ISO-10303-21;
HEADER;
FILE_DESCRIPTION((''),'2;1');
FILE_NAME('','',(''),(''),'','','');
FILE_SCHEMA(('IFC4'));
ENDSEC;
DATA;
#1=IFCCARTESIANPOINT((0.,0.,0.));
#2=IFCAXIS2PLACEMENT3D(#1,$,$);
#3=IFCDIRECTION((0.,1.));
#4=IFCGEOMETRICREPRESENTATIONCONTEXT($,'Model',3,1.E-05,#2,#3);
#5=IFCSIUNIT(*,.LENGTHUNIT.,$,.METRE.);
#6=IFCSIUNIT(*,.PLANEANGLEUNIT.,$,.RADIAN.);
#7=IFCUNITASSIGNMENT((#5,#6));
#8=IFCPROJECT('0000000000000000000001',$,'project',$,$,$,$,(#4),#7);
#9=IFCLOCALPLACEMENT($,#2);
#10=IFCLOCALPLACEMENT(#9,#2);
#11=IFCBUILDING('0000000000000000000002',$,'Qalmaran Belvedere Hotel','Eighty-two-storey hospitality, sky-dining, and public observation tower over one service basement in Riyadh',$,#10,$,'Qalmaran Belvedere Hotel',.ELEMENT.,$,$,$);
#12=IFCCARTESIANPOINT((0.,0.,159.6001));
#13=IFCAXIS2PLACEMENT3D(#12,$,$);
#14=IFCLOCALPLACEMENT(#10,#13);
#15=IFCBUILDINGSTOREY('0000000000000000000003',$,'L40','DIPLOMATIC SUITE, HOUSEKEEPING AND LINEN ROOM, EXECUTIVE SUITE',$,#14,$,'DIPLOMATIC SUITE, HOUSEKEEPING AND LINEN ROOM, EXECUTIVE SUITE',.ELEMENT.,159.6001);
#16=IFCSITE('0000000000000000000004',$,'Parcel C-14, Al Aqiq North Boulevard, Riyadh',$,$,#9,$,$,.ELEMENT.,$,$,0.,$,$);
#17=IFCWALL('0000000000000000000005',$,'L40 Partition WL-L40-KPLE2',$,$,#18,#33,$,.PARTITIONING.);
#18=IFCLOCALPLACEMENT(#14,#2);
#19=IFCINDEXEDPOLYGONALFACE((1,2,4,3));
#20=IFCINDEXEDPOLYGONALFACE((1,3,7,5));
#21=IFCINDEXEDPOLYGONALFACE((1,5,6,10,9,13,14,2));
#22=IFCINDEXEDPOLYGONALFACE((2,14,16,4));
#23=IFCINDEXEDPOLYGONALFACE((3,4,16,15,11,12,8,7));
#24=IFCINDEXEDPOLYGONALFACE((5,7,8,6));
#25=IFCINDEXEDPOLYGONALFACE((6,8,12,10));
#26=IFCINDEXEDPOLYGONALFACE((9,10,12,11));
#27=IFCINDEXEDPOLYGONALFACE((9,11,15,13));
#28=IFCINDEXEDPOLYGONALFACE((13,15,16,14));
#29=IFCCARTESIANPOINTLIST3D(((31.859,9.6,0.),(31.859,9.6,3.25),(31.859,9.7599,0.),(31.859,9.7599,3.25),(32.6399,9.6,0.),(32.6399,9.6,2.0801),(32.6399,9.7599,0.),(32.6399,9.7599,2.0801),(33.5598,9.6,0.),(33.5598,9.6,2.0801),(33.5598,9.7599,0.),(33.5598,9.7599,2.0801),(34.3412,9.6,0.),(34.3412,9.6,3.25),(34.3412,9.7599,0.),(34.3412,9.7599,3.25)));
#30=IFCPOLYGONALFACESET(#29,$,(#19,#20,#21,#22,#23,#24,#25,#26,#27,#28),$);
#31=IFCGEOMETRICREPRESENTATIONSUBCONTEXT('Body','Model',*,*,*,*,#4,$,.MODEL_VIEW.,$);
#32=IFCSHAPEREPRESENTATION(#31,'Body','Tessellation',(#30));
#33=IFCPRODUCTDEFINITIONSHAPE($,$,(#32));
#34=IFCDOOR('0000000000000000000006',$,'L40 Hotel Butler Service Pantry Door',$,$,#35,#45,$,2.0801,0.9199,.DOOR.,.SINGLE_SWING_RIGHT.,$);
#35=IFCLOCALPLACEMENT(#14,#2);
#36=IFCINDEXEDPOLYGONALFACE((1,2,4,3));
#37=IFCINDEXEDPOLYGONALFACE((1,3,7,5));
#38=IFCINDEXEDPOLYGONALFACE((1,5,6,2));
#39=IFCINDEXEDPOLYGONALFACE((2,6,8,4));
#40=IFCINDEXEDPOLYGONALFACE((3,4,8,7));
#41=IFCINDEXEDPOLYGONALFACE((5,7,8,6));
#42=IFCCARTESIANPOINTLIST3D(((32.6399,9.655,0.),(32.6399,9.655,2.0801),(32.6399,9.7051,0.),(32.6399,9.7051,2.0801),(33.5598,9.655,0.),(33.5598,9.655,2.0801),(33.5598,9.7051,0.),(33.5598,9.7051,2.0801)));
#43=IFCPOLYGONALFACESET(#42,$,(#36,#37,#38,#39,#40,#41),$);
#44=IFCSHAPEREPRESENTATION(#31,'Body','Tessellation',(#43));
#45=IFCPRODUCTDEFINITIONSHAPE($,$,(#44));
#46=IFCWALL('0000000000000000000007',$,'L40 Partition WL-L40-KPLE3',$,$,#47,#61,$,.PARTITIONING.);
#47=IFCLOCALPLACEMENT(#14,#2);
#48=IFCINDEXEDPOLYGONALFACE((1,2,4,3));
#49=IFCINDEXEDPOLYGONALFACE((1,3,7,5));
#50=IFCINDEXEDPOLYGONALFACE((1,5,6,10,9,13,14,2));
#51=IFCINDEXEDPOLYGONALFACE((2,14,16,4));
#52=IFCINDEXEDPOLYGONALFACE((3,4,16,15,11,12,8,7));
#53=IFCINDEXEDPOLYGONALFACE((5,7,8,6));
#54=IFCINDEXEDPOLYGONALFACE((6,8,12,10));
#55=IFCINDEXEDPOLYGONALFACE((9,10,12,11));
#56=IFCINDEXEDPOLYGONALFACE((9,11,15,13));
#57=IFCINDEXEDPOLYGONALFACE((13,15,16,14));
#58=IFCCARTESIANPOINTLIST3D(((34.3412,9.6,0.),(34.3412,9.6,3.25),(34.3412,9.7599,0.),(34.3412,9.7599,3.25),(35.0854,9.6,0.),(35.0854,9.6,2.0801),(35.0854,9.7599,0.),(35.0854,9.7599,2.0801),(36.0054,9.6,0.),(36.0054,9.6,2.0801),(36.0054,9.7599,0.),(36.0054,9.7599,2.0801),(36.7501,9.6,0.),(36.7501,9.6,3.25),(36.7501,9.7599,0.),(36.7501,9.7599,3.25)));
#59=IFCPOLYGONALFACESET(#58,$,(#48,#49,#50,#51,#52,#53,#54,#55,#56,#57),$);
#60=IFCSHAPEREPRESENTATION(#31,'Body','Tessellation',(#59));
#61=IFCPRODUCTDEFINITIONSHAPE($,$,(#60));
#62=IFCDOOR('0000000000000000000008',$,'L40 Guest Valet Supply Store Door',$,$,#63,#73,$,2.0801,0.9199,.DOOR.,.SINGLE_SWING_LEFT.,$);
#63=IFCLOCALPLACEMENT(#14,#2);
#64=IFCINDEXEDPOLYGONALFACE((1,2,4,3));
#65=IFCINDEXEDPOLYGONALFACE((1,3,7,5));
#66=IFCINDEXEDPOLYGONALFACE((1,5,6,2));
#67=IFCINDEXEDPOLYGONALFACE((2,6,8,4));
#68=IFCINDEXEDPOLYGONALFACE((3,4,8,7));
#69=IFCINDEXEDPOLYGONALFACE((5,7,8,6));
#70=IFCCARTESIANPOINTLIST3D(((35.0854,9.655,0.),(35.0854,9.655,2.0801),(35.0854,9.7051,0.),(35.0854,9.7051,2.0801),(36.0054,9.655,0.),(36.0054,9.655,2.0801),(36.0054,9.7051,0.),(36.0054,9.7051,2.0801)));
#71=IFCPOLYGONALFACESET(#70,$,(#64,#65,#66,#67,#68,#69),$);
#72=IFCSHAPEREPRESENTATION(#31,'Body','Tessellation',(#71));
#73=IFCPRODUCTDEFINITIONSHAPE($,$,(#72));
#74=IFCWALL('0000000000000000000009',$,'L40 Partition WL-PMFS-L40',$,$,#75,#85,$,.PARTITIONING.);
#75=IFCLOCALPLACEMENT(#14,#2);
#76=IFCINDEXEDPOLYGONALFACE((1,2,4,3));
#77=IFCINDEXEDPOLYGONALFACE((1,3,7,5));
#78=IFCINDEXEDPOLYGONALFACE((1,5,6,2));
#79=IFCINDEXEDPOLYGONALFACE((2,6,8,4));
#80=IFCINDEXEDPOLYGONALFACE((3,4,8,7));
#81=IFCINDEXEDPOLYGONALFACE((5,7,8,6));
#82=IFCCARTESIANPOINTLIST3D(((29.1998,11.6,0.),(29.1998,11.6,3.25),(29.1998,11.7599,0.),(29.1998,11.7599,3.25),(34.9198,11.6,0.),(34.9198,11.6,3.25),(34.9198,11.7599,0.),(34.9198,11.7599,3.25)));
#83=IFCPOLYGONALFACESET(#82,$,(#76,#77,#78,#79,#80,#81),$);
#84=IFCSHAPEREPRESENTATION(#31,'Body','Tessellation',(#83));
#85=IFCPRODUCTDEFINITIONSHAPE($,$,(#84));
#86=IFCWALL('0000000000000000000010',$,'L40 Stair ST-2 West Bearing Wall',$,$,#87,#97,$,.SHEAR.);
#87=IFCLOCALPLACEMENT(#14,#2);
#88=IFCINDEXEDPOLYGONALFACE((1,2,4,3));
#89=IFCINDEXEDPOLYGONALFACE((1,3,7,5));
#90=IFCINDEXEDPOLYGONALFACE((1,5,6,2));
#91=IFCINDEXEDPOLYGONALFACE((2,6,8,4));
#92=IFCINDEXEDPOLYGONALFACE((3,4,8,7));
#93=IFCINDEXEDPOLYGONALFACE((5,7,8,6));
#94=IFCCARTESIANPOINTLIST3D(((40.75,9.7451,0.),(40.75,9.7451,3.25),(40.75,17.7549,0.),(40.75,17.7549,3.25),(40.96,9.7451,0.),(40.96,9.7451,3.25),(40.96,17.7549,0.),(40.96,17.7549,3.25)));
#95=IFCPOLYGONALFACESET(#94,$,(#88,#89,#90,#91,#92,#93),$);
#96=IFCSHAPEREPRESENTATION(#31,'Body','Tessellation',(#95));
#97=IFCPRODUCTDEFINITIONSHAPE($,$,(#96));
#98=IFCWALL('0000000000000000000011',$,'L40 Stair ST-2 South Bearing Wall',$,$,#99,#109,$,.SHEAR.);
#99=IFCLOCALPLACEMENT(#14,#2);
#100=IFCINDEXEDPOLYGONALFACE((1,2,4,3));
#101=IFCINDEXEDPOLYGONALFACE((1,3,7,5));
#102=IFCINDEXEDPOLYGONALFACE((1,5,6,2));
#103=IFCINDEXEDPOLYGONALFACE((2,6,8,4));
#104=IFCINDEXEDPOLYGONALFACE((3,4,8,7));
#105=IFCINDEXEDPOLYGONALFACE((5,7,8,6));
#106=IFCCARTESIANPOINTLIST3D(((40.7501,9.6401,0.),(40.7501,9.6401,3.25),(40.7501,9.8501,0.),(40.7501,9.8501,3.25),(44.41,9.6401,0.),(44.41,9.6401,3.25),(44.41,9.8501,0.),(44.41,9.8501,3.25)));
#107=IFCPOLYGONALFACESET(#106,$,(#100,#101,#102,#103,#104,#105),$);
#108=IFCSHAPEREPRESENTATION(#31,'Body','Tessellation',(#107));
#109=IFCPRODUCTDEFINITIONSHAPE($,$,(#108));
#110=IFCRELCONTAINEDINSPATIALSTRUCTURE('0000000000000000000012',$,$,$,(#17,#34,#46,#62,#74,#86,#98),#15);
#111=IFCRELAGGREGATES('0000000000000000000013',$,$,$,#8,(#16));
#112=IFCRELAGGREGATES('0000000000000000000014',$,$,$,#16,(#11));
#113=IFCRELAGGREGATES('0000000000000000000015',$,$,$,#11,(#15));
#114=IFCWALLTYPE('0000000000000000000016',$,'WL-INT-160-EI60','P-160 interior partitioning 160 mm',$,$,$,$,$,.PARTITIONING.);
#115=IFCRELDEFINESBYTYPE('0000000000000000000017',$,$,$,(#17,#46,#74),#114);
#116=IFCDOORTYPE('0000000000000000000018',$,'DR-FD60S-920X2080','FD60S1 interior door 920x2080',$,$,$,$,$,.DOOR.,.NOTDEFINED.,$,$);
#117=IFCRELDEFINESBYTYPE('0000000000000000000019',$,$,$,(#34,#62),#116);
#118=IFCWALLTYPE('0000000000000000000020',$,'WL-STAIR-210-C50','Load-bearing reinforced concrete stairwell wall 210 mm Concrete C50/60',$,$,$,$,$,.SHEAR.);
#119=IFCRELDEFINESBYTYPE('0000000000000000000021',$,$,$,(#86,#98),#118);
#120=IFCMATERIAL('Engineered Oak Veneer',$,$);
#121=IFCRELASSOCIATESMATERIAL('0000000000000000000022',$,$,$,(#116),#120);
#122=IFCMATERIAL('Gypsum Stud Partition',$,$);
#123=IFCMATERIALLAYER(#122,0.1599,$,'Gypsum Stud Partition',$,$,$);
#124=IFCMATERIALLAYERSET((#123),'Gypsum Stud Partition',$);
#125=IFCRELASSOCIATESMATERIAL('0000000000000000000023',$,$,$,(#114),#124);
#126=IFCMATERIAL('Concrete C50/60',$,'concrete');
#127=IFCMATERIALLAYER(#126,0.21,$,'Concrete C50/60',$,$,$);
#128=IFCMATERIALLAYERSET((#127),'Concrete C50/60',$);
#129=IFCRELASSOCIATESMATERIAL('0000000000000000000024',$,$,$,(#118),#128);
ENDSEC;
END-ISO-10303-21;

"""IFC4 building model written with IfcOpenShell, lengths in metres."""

from ifc_helpers import new_model, si_unit, direction, frame, frame_2d, origin, place, context, subcontext, project, spatial, rectangle, extrude, material, layer, layer_set, type_object, element, fill, save


model = new_model("IFC4")

# Units and contexts
model_context = context("Model", 3, precision=1e-05, world=origin(), true_north=direction((0.0, 1.0)))
body_context = subcontext(model_context, "Body", "Model", "MODEL_VIEW")
ifc_project = project(units=[si_unit("LENGTHUNIT", "METRE"), si_unit("PLANEANGLEUNIT", "RADIAN")], contexts=[model_context])

# Site, building, storey
site_placement = place(None, origin())
site = spatial("IfcSite", under=ifc_project, at=site_placement, Name="Parcel C-14, Al Aqiq North Boulevard, Riyadh", CompositionType="ELEMENT", RefElevation=0.0)
building_placement = place(site_placement, origin())
building = spatial("IfcBuilding", under=site, at=building_placement, Name="Qalmaran Belvedere Hotel", Description="Eighty-two-storey hospitality, sky-dining, and public observation tower over one service basement in Riyadh", LongName="Qalmaran Belvedere Hotel", CompositionType="ELEMENT")
storey_placement = place(building_placement, frame((0.0, 0.0, 159.6001)))
storey = spatial("IfcBuildingStorey", under=building, at=storey_placement, Name="L40", Description="DIPLOMATIC SUITE, HOUSEKEEPING AND LINEN ROOM, EXECUTIVE SUITE", LongName="DIPLOMATIC SUITE, HOUSEKEEPING AND LINEN ROOM, EXECUTIVE SUITE", CompositionType="ELEMENT", Elevation=159.6001)

# Shared definitions
ifc_material_1 = material(Name="Concrete C50/60", Category="concrete")

# Shared definitions
ifc_material_2 = material(Name="Gypsum Stud Partition")

# Shared definitions
ifc_material_3 = material(Name="Engineered Oak Veneer")
door_type_1 = type_object("IfcDoorType", Name="DR-FD60S-920X2080", Description="FD60S1 interior door 920x2080", OperationType="NOTDEFINED", PredefinedType="DOOR", material=ifc_material_3)
ifc_layer_1 = layer(ifc_material_2, 0.1599, Name="Gypsum Stud Partition")
ifc_layer_set_1 = layer_set([ifc_layer_1], Name="Gypsum Stud Partition")
wall_type_1 = type_object("IfcWallType", Name="WL-INT-160-EI60", Description="P-160 interior partitioning 160 mm", PredefinedType="PARTITIONING", material=ifc_layer_set_1)

# Walls, openings, doors
wall_1_placement = place(storey_placement, frame((31.8589, 9.6799, 0.0), z_axis=(0.0, 0.0, 1.0), x_axis=(1.0, 0.0, 0.0)))
wall_1 = element("IfcWall", 1, at=wall_1_placement, inside=storey, type_object=wall_type_1, Name="L40 Partition WL-L40-KPLE2", PredefinedType="PARTITIONING", context=body_context, shape_type="SweptSolid", body=[
    extrude(rectangle(XDim=2.4822, YDim=0.1599, at=frame_2d((1.2412, 0.0))), origin(), (0.0, 0.0, 1.0), 3.25),
])
opening_1_placement = place(wall_1_placement, frame((1.7009, 0.0, 0.0), z_axis=(0.0, 0.0, 1.0), x_axis=(-1.0, 0.0, 0.0)))
opening_1 = element("IfcOpeningElement", 2, at=opening_1_placement, cuts=wall_1, PredefinedType="OPENING", context=body_context, shape_type="SweptSolid", body=[
    extrude(rectangle(XDim=0.9199, YDim=2.0801, at=frame_2d((0.46, 1.04))), frame((0.0, 0.0898, 0.0), z_axis=(0.0, -1.0, 0.0), x_axis=(1.0, 0.0, 0.0)), (0.0, 0.0, 1.0), 0.1799),
])
door_1_placement = place(opening_1_placement, origin())
door_1 = element("IfcDoor", 3, at=door_1_placement, inside=storey, type_object=door_type_1, Name="L40 Hotel Butler Service Pantry Door", OperationType="SINGLE_SWING_RIGHT", OverallHeight=2.0801, OverallWidth=0.9199, PredefinedType="DOOR", context=body_context, shape_type="SweptSolid", body=[
    extrude(rectangle(XDim=0.9199, YDim=2.0801, at=frame_2d((0.46, 1.04))), frame((0.0, 0.0249, 0.0), z_axis=(0.0, -1.0, 0.0), x_axis=(1.0, 0.0, 0.0)), (0.0, 0.0, 1.0), 0.05),
])
fill(opening_1, door_1)
wall_2_placement = place(storey_placement, frame((34.3411, 9.6799, 0.0), z_axis=(0.0, 0.0, 1.0), x_axis=(1.0, 0.0, 0.0)))
wall_2 = element("IfcWall", 4, at=wall_2_placement, inside=storey, type_object=wall_type_1, Name="L40 Partition WL-L40-KPLE3", PredefinedType="PARTITIONING", context=body_context, shape_type="SweptSolid", body=[
    extrude(rectangle(XDim=2.4089, YDim=0.1599, at=frame_2d((1.2046, 0.0))), origin(), (0.0, 0.0, 1.0), 3.25),
])
opening_2_placement = place(wall_2_placement, frame((1.6643, 0.0, 0.0), z_axis=(0.0, 0.0, 1.0), x_axis=(-1.0, 0.0, 0.0)))
opening_2 = element("IfcOpeningElement", 5, at=opening_2_placement, cuts=wall_2, PredefinedType="OPENING", context=body_context, shape_type="SweptSolid", body=[
    extrude(rectangle(XDim=0.9199, YDim=2.0801, at=frame_2d((0.46, 1.04))), frame((0.0, 0.0898, 0.0), z_axis=(0.0, -1.0, 0.0), x_axis=(1.0, 0.0, 0.0)), (0.0, 0.0, 1.0), 0.1799),
])
door_2_placement = place(opening_2_placement, origin())
door_2 = element("IfcDoor", 6, at=door_2_placement, inside=storey, type_object=door_type_1, Name="L40 Guest Valet Supply Store Door", OperationType="SINGLE_SWING_LEFT", OverallHeight=2.0801, OverallWidth=0.9199, PredefinedType="DOOR", context=body_context, shape_type="SweptSolid", body=[
    extrude(rectangle(XDim=0.9199, YDim=2.0801, at=frame_2d((0.46, 1.04))), frame((0.0, 0.0249, 0.0), z_axis=(0.0, -1.0, 0.0), x_axis=(1.0, 0.0, 0.0)), (0.0, 0.0, 1.0), 0.05),
])
fill(opening_2, door_2)

# Walls
wall_3_placement = place(storey_placement, frame((29.2, 11.6799, 0.0), z_axis=(0.0, 0.0, 1.0), x_axis=(1.0, 0.0, 0.0)))
element("IfcWall", 7, at=wall_3_placement, inside=storey, type_object=wall_type_1, Name="L40 Partition WL-PMFS-L40", PredefinedType="PARTITIONING", context=body_context, shape_type="SweptSolid", body=[
    extrude(rectangle(XDim=5.72, YDim=0.1599, at=frame_2d((2.8599, 0.0))), origin(), (0.0, 0.0, 1.0), 3.25),
])
ifc_layer_2 = layer(ifc_material_1, 0.21, Name="Concrete C50/60")
ifc_layer_set_2 = layer_set([ifc_layer_2], Name="Concrete C50/60")
wall_type_2 = type_object("IfcWallType", Name="WL-STAIR-210-C50", Description="Load-bearing reinforced concrete stairwell wall 210 mm Concrete C50/60", PredefinedType="SHEAR", material=ifc_layer_set_2)
wall_4_placement = place(storey_placement, frame((40.855, 9.7451, 0.0), z_axis=(0.0, 0.0, 1.0), x_axis=(0.0, 1.0, 0.0)))
element("IfcWall", 8, at=wall_4_placement, inside=storey, type_object=wall_type_2, Name="L40 Stair ST-2 West Bearing Wall", PredefinedType="SHEAR", context=body_context, shape_type="SweptSolid", body=[
    extrude(rectangle(XDim=8.0098, YDim=0.21, at=frame_2d((4.0049, 0.0))), origin(), (0.0, 0.0, 1.0), 3.25),
])
wall_5_placement = place(storey_placement, frame((40.75, 9.7451, 0.0), z_axis=(0.0, 0.0, 1.0), x_axis=(1.0, 0.0, 0.0)))
element("IfcWall", 9, at=wall_5_placement, inside=storey, type_object=wall_type_2, Name="L40 Stair ST-2 South Bearing Wall", PredefinedType="SHEAR", context=body_context, shape_type="SweptSolid", body=[
    extrude(rectangle(XDim=3.6599, YDim=0.21, at=frame_2d((1.8301, 0.0))), origin(), (0.0, 0.0, 1.0), 3.25),
])

save(model, "model.ifc")
